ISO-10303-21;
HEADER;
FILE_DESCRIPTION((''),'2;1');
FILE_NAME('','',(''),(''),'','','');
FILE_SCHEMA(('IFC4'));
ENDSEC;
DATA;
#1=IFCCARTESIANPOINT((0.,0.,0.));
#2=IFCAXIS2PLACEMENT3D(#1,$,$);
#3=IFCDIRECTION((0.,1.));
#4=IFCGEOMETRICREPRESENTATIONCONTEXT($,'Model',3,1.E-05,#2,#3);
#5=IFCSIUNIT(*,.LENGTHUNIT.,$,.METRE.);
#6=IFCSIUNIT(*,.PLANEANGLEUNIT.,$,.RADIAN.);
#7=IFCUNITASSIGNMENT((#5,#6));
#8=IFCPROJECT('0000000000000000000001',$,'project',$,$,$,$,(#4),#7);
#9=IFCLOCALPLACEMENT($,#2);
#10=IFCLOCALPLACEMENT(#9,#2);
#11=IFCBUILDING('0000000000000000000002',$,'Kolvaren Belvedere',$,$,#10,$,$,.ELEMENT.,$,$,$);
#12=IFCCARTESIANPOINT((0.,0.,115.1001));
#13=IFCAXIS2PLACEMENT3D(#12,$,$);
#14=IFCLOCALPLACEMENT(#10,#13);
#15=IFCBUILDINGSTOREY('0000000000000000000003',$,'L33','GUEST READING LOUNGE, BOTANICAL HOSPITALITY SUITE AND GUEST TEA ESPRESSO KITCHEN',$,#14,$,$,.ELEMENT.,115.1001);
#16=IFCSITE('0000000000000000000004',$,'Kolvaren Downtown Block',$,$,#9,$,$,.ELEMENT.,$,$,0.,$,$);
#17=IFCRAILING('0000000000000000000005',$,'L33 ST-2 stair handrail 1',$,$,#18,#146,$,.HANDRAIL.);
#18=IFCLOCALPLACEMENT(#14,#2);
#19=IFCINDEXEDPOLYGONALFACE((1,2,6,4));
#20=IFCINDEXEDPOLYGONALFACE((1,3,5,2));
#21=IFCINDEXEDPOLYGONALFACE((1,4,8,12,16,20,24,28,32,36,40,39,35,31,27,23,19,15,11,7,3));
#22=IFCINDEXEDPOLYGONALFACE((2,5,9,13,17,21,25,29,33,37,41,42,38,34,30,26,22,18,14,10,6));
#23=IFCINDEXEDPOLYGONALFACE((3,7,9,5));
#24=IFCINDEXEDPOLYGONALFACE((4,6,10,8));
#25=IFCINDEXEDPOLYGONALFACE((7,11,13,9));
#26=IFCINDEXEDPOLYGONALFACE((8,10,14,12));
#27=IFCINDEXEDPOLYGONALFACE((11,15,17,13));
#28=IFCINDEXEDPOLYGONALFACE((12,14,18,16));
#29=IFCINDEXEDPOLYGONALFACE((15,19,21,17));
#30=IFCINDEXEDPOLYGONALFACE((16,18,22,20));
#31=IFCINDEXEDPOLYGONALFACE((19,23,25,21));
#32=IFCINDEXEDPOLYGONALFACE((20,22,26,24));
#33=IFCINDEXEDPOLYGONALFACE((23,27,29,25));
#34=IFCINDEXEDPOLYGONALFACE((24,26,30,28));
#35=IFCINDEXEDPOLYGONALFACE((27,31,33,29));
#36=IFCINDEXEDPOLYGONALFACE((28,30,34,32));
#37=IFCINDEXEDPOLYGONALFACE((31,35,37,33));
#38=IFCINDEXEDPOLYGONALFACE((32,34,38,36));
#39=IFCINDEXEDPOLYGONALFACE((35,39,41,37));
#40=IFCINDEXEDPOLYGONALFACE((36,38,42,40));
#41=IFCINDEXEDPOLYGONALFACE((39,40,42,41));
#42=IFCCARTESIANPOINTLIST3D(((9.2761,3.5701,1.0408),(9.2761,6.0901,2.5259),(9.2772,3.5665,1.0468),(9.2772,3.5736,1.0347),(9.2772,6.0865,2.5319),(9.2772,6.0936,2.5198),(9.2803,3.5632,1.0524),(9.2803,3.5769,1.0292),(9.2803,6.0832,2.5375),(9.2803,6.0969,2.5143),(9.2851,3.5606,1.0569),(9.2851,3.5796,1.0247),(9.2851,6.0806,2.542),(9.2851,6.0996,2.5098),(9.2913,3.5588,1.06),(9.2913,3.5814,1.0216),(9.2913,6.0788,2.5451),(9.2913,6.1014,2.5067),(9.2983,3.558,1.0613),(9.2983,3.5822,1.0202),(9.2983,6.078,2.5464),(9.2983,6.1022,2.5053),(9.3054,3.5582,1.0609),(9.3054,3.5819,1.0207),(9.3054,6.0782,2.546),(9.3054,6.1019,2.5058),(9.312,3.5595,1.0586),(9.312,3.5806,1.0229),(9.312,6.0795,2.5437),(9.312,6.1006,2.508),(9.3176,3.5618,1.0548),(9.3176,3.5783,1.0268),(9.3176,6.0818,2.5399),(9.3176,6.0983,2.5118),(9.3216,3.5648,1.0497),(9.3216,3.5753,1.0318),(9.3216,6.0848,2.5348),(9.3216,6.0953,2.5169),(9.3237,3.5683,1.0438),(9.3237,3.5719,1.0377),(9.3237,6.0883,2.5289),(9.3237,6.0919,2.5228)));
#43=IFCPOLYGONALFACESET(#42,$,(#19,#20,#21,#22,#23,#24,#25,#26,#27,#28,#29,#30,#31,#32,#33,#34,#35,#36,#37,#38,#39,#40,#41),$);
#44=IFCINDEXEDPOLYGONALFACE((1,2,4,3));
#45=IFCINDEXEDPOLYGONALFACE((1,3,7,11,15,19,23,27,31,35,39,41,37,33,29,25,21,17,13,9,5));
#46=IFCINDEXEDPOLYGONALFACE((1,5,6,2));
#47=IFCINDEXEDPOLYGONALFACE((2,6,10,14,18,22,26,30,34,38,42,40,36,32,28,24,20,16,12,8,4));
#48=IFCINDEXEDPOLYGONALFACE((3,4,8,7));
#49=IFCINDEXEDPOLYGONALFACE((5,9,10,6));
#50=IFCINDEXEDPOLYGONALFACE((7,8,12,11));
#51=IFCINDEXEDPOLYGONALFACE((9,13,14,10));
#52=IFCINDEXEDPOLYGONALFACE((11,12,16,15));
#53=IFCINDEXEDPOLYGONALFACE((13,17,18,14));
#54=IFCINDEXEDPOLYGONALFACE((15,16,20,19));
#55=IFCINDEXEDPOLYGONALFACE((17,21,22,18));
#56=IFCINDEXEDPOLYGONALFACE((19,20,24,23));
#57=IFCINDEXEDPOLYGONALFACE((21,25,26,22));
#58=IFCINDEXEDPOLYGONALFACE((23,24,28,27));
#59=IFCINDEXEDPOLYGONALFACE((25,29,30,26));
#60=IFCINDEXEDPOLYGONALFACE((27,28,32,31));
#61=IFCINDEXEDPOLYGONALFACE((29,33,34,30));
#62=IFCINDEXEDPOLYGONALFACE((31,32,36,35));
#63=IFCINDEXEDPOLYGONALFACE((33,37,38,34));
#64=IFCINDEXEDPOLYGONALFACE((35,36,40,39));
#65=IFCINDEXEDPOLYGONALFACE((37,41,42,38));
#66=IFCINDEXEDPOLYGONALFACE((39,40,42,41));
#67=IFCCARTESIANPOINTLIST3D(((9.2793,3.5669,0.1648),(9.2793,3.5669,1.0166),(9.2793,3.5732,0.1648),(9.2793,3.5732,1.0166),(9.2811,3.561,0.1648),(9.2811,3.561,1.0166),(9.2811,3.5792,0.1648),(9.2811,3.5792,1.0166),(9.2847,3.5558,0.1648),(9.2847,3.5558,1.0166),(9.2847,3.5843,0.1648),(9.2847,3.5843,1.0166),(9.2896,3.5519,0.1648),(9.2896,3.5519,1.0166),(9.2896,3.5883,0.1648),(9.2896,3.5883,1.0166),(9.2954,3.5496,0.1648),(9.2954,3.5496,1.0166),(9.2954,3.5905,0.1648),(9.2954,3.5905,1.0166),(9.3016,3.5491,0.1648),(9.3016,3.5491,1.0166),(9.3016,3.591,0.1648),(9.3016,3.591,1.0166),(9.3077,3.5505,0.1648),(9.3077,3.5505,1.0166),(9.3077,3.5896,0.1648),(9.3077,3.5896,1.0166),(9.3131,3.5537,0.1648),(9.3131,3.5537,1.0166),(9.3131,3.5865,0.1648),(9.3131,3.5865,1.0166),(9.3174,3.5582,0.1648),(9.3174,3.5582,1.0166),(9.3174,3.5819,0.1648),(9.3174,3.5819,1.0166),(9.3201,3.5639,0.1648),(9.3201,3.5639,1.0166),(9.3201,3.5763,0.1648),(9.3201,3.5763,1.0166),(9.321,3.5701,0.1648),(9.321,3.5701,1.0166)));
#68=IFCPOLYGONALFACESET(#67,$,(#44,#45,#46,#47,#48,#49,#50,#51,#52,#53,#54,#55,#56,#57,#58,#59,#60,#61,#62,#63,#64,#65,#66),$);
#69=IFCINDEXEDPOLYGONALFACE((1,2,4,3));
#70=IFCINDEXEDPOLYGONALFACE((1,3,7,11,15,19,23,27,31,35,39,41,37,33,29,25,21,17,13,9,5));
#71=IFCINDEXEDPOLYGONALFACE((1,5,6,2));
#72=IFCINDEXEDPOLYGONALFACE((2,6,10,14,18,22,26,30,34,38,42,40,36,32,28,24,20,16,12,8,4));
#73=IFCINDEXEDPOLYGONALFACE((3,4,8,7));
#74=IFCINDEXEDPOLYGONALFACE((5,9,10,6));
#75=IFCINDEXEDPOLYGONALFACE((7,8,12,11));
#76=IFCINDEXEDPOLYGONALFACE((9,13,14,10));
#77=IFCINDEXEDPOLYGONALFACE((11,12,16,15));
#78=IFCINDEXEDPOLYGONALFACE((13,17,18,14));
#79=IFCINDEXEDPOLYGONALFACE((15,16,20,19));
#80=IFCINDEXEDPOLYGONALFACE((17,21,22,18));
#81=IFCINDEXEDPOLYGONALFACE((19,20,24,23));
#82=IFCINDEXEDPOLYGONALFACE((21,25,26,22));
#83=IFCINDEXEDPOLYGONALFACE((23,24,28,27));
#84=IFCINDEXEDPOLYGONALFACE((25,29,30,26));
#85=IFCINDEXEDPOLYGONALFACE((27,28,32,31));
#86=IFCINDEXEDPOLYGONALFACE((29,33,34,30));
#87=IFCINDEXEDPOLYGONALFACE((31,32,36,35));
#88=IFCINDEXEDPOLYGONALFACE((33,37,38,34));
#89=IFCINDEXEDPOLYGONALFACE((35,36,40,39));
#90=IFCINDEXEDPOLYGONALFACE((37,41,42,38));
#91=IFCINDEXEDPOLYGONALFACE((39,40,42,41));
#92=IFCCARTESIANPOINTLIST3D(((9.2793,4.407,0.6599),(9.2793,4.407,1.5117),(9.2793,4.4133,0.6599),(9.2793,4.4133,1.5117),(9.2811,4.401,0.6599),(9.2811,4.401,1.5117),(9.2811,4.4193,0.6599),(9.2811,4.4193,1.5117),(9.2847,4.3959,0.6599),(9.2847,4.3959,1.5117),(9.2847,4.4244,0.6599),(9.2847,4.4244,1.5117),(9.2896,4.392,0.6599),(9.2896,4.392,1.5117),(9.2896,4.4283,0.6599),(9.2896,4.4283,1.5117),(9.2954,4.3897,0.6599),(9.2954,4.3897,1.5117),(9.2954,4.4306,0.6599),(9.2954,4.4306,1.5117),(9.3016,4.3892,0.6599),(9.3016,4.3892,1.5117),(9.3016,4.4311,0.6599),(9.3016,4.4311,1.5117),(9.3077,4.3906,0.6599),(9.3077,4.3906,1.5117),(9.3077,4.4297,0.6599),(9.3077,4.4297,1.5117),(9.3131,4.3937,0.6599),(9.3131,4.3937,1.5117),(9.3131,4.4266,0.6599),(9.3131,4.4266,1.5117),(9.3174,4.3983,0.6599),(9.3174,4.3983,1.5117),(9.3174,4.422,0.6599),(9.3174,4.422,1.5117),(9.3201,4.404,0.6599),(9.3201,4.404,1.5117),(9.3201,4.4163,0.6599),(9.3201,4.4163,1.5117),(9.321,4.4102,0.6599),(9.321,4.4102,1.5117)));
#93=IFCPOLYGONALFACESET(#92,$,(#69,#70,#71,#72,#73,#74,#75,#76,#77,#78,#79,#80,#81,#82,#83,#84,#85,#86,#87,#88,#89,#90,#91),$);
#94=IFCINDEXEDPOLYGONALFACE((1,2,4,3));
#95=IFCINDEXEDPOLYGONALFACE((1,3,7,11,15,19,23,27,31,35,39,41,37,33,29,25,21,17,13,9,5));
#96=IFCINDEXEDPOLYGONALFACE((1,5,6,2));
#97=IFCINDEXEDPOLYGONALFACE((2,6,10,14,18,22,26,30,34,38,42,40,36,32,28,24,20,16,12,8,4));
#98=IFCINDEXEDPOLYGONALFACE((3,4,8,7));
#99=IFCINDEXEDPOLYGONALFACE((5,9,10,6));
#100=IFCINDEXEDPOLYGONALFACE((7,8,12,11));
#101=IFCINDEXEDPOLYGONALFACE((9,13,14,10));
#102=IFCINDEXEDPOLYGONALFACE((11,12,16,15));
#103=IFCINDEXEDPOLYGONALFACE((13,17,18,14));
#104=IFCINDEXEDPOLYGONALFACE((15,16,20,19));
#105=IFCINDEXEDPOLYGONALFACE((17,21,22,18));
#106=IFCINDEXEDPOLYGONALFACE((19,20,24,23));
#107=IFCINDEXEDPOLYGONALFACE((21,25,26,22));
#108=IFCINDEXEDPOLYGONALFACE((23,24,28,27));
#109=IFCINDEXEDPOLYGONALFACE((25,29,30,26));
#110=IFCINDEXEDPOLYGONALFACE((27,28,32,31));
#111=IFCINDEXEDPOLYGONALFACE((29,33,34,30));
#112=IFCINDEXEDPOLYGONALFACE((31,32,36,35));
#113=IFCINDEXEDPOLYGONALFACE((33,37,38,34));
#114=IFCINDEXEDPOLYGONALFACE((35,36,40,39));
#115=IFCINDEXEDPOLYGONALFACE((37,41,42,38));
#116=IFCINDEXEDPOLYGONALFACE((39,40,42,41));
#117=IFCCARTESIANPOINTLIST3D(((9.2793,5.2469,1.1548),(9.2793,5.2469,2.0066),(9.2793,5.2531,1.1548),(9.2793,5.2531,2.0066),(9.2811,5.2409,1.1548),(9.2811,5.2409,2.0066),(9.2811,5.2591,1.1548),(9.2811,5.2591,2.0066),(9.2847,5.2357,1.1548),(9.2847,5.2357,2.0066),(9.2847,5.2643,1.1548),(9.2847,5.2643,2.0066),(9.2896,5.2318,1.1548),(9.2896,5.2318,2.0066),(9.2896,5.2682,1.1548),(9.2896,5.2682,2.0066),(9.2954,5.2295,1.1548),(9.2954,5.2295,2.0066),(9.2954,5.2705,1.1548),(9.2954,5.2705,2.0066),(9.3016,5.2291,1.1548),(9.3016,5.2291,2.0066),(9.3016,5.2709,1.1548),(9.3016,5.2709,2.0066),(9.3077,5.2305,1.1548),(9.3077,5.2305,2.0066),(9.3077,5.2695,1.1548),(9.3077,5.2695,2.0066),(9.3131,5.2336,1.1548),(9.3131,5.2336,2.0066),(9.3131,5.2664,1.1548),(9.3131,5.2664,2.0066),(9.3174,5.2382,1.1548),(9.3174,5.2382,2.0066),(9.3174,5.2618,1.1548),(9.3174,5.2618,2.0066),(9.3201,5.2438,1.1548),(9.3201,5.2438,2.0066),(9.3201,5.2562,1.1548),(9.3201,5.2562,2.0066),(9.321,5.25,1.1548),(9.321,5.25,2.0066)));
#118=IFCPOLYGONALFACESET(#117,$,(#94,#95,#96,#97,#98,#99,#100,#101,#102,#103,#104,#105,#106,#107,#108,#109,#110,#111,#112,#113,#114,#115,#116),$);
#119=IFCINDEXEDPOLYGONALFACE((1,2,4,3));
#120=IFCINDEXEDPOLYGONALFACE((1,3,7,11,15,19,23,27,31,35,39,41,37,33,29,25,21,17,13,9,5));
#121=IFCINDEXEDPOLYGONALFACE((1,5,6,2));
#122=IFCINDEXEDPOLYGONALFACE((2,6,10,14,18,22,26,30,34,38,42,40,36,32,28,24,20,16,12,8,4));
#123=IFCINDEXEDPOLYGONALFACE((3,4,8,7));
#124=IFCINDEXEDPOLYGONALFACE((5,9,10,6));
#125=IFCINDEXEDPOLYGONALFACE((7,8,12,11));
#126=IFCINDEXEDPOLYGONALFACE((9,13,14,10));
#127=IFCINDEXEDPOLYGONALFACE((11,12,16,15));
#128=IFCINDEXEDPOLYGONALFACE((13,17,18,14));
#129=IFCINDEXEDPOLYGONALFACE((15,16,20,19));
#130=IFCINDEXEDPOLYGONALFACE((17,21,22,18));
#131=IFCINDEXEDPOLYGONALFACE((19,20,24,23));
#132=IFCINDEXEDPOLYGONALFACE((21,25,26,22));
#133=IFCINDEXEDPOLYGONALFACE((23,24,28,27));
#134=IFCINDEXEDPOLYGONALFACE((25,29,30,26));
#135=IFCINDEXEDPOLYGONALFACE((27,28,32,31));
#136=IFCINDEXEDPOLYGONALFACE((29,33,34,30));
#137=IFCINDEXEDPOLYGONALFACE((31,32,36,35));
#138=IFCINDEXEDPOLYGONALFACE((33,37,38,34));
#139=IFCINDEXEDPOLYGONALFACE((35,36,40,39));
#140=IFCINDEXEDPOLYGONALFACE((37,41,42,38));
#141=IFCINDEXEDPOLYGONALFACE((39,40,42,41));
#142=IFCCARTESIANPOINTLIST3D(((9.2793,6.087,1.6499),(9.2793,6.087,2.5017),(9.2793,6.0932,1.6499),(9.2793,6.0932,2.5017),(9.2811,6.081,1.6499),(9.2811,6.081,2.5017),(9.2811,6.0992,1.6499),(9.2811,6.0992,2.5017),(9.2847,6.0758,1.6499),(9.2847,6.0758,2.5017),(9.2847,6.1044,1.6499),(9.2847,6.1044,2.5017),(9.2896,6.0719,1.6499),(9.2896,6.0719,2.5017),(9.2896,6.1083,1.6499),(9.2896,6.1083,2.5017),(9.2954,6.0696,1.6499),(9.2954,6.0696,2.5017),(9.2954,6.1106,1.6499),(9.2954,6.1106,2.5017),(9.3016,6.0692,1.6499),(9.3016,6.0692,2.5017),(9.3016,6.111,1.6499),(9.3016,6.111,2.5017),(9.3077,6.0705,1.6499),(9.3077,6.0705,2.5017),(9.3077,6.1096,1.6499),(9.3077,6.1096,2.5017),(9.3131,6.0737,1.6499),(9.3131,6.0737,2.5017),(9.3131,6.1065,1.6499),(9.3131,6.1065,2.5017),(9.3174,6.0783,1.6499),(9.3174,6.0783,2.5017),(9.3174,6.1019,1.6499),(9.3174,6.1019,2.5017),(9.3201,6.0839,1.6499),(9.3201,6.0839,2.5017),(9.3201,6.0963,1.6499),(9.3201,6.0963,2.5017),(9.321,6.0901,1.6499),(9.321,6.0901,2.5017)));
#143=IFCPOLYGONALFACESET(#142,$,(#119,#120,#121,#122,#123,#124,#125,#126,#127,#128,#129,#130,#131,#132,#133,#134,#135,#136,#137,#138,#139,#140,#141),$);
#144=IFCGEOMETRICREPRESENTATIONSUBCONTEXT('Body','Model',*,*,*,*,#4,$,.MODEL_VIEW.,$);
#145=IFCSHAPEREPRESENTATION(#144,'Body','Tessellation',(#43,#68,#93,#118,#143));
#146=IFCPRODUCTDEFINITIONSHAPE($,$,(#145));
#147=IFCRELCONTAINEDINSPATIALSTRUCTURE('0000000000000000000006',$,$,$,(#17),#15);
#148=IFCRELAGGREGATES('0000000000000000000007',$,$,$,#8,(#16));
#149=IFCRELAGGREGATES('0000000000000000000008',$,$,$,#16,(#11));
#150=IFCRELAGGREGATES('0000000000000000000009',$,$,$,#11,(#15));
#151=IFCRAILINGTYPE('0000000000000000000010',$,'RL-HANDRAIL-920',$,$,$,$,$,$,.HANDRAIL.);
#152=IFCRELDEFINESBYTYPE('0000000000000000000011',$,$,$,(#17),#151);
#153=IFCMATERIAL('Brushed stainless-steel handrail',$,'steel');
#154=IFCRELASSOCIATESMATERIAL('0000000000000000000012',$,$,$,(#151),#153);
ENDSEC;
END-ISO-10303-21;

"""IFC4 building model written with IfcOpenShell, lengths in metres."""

from ifc_helpers import new_model, si_unit, direction, frame, origin, origin_2d, place, context, subcontext, project, spatial, circle, extrude, material, type_object, element, save


model = new_model("IFC4")

# Units and contexts
model_context = context("Model", 3, precision=1e-05, world=origin(), true_north=direction((0.0, 1.0)))
body_context = subcontext(model_context, "Body", "Model", "MODEL_VIEW")
ifc_project = project(units=[si_unit("LENGTHUNIT", "METRE"), si_unit("PLANEANGLEUNIT", "RADIAN")], contexts=[model_context])

# Site, building, storey
site_placement = place(None, origin())
site = spatial("IfcSite", under=ifc_project, at=site_placement, Name="Kolvaren Downtown Block", CompositionType="ELEMENT", RefElevation=0.0)
building_placement = place(site_placement, origin())
building = spatial("IfcBuilding", under=site, at=building_placement, Name="Kolvaren Belvedere", CompositionType="ELEMENT")
storey_placement = place(building_placement, frame((0.0, 0.0, 115.1001)))
storey = spatial("IfcBuildingStorey", under=building, at=storey_placement, Name="L33", Description="GUEST READING LOUNGE, BOTANICAL HOSPITALITY SUITE AND GUEST TEA ESPRESSO KITCHEN", CompositionType="ELEMENT", Elevation=115.1001)

# Railing
ifc_material_1 = material(Name="Brushed stainless-steel handrail", Category="steel")
railing_type_1 = type_object("IfcRailingType", Name="RL-HANDRAIL-920", PredefinedType="HANDRAIL", material=ifc_material_1)
railing_1_placement = place(storey_placement, frame((9.3, 3.5701, 0.1648)))
element("IfcRailing", 1, at=railing_1_placement, inside=storey, type_object=railing_type_1, Name="L33 ST-2 stair handrail 1", PredefinedType="HANDRAIL", context=body_context, shape_type="SweptSolid", body=[
    extrude(circle(Radius=0.0239, at=origin_2d()), frame((0.0, 0.0, 0.876), z_axis=(0.0, 0.861524, 0.507717), x_axis=(-1.0, 0.0, 0.0)), (0.0, 0.0, 1.0), 2.925),
    extrude(circle(Radius=0.021, at=origin_2d()), origin(), (0.0, 0.0, 1.0), 0.8518),
    extrude(circle(Radius=0.021, at=origin_2d()), frame((0.0, 0.8401, 0.4951)), (0.0, 0.0, 1.0), 0.8518),
    extrude(circle(Radius=0.021, at=origin_2d()), frame((0.0, 1.6799, 0.99)), (0.0, 0.0, 1.0), 0.8518),
    extrude(circle(Radius=0.021, at=origin_2d()), frame((0.0, 2.52, 1.4851)), (0.0, 0.0, 1.0), 0.8518),
])

save(model, "model.ifc")
